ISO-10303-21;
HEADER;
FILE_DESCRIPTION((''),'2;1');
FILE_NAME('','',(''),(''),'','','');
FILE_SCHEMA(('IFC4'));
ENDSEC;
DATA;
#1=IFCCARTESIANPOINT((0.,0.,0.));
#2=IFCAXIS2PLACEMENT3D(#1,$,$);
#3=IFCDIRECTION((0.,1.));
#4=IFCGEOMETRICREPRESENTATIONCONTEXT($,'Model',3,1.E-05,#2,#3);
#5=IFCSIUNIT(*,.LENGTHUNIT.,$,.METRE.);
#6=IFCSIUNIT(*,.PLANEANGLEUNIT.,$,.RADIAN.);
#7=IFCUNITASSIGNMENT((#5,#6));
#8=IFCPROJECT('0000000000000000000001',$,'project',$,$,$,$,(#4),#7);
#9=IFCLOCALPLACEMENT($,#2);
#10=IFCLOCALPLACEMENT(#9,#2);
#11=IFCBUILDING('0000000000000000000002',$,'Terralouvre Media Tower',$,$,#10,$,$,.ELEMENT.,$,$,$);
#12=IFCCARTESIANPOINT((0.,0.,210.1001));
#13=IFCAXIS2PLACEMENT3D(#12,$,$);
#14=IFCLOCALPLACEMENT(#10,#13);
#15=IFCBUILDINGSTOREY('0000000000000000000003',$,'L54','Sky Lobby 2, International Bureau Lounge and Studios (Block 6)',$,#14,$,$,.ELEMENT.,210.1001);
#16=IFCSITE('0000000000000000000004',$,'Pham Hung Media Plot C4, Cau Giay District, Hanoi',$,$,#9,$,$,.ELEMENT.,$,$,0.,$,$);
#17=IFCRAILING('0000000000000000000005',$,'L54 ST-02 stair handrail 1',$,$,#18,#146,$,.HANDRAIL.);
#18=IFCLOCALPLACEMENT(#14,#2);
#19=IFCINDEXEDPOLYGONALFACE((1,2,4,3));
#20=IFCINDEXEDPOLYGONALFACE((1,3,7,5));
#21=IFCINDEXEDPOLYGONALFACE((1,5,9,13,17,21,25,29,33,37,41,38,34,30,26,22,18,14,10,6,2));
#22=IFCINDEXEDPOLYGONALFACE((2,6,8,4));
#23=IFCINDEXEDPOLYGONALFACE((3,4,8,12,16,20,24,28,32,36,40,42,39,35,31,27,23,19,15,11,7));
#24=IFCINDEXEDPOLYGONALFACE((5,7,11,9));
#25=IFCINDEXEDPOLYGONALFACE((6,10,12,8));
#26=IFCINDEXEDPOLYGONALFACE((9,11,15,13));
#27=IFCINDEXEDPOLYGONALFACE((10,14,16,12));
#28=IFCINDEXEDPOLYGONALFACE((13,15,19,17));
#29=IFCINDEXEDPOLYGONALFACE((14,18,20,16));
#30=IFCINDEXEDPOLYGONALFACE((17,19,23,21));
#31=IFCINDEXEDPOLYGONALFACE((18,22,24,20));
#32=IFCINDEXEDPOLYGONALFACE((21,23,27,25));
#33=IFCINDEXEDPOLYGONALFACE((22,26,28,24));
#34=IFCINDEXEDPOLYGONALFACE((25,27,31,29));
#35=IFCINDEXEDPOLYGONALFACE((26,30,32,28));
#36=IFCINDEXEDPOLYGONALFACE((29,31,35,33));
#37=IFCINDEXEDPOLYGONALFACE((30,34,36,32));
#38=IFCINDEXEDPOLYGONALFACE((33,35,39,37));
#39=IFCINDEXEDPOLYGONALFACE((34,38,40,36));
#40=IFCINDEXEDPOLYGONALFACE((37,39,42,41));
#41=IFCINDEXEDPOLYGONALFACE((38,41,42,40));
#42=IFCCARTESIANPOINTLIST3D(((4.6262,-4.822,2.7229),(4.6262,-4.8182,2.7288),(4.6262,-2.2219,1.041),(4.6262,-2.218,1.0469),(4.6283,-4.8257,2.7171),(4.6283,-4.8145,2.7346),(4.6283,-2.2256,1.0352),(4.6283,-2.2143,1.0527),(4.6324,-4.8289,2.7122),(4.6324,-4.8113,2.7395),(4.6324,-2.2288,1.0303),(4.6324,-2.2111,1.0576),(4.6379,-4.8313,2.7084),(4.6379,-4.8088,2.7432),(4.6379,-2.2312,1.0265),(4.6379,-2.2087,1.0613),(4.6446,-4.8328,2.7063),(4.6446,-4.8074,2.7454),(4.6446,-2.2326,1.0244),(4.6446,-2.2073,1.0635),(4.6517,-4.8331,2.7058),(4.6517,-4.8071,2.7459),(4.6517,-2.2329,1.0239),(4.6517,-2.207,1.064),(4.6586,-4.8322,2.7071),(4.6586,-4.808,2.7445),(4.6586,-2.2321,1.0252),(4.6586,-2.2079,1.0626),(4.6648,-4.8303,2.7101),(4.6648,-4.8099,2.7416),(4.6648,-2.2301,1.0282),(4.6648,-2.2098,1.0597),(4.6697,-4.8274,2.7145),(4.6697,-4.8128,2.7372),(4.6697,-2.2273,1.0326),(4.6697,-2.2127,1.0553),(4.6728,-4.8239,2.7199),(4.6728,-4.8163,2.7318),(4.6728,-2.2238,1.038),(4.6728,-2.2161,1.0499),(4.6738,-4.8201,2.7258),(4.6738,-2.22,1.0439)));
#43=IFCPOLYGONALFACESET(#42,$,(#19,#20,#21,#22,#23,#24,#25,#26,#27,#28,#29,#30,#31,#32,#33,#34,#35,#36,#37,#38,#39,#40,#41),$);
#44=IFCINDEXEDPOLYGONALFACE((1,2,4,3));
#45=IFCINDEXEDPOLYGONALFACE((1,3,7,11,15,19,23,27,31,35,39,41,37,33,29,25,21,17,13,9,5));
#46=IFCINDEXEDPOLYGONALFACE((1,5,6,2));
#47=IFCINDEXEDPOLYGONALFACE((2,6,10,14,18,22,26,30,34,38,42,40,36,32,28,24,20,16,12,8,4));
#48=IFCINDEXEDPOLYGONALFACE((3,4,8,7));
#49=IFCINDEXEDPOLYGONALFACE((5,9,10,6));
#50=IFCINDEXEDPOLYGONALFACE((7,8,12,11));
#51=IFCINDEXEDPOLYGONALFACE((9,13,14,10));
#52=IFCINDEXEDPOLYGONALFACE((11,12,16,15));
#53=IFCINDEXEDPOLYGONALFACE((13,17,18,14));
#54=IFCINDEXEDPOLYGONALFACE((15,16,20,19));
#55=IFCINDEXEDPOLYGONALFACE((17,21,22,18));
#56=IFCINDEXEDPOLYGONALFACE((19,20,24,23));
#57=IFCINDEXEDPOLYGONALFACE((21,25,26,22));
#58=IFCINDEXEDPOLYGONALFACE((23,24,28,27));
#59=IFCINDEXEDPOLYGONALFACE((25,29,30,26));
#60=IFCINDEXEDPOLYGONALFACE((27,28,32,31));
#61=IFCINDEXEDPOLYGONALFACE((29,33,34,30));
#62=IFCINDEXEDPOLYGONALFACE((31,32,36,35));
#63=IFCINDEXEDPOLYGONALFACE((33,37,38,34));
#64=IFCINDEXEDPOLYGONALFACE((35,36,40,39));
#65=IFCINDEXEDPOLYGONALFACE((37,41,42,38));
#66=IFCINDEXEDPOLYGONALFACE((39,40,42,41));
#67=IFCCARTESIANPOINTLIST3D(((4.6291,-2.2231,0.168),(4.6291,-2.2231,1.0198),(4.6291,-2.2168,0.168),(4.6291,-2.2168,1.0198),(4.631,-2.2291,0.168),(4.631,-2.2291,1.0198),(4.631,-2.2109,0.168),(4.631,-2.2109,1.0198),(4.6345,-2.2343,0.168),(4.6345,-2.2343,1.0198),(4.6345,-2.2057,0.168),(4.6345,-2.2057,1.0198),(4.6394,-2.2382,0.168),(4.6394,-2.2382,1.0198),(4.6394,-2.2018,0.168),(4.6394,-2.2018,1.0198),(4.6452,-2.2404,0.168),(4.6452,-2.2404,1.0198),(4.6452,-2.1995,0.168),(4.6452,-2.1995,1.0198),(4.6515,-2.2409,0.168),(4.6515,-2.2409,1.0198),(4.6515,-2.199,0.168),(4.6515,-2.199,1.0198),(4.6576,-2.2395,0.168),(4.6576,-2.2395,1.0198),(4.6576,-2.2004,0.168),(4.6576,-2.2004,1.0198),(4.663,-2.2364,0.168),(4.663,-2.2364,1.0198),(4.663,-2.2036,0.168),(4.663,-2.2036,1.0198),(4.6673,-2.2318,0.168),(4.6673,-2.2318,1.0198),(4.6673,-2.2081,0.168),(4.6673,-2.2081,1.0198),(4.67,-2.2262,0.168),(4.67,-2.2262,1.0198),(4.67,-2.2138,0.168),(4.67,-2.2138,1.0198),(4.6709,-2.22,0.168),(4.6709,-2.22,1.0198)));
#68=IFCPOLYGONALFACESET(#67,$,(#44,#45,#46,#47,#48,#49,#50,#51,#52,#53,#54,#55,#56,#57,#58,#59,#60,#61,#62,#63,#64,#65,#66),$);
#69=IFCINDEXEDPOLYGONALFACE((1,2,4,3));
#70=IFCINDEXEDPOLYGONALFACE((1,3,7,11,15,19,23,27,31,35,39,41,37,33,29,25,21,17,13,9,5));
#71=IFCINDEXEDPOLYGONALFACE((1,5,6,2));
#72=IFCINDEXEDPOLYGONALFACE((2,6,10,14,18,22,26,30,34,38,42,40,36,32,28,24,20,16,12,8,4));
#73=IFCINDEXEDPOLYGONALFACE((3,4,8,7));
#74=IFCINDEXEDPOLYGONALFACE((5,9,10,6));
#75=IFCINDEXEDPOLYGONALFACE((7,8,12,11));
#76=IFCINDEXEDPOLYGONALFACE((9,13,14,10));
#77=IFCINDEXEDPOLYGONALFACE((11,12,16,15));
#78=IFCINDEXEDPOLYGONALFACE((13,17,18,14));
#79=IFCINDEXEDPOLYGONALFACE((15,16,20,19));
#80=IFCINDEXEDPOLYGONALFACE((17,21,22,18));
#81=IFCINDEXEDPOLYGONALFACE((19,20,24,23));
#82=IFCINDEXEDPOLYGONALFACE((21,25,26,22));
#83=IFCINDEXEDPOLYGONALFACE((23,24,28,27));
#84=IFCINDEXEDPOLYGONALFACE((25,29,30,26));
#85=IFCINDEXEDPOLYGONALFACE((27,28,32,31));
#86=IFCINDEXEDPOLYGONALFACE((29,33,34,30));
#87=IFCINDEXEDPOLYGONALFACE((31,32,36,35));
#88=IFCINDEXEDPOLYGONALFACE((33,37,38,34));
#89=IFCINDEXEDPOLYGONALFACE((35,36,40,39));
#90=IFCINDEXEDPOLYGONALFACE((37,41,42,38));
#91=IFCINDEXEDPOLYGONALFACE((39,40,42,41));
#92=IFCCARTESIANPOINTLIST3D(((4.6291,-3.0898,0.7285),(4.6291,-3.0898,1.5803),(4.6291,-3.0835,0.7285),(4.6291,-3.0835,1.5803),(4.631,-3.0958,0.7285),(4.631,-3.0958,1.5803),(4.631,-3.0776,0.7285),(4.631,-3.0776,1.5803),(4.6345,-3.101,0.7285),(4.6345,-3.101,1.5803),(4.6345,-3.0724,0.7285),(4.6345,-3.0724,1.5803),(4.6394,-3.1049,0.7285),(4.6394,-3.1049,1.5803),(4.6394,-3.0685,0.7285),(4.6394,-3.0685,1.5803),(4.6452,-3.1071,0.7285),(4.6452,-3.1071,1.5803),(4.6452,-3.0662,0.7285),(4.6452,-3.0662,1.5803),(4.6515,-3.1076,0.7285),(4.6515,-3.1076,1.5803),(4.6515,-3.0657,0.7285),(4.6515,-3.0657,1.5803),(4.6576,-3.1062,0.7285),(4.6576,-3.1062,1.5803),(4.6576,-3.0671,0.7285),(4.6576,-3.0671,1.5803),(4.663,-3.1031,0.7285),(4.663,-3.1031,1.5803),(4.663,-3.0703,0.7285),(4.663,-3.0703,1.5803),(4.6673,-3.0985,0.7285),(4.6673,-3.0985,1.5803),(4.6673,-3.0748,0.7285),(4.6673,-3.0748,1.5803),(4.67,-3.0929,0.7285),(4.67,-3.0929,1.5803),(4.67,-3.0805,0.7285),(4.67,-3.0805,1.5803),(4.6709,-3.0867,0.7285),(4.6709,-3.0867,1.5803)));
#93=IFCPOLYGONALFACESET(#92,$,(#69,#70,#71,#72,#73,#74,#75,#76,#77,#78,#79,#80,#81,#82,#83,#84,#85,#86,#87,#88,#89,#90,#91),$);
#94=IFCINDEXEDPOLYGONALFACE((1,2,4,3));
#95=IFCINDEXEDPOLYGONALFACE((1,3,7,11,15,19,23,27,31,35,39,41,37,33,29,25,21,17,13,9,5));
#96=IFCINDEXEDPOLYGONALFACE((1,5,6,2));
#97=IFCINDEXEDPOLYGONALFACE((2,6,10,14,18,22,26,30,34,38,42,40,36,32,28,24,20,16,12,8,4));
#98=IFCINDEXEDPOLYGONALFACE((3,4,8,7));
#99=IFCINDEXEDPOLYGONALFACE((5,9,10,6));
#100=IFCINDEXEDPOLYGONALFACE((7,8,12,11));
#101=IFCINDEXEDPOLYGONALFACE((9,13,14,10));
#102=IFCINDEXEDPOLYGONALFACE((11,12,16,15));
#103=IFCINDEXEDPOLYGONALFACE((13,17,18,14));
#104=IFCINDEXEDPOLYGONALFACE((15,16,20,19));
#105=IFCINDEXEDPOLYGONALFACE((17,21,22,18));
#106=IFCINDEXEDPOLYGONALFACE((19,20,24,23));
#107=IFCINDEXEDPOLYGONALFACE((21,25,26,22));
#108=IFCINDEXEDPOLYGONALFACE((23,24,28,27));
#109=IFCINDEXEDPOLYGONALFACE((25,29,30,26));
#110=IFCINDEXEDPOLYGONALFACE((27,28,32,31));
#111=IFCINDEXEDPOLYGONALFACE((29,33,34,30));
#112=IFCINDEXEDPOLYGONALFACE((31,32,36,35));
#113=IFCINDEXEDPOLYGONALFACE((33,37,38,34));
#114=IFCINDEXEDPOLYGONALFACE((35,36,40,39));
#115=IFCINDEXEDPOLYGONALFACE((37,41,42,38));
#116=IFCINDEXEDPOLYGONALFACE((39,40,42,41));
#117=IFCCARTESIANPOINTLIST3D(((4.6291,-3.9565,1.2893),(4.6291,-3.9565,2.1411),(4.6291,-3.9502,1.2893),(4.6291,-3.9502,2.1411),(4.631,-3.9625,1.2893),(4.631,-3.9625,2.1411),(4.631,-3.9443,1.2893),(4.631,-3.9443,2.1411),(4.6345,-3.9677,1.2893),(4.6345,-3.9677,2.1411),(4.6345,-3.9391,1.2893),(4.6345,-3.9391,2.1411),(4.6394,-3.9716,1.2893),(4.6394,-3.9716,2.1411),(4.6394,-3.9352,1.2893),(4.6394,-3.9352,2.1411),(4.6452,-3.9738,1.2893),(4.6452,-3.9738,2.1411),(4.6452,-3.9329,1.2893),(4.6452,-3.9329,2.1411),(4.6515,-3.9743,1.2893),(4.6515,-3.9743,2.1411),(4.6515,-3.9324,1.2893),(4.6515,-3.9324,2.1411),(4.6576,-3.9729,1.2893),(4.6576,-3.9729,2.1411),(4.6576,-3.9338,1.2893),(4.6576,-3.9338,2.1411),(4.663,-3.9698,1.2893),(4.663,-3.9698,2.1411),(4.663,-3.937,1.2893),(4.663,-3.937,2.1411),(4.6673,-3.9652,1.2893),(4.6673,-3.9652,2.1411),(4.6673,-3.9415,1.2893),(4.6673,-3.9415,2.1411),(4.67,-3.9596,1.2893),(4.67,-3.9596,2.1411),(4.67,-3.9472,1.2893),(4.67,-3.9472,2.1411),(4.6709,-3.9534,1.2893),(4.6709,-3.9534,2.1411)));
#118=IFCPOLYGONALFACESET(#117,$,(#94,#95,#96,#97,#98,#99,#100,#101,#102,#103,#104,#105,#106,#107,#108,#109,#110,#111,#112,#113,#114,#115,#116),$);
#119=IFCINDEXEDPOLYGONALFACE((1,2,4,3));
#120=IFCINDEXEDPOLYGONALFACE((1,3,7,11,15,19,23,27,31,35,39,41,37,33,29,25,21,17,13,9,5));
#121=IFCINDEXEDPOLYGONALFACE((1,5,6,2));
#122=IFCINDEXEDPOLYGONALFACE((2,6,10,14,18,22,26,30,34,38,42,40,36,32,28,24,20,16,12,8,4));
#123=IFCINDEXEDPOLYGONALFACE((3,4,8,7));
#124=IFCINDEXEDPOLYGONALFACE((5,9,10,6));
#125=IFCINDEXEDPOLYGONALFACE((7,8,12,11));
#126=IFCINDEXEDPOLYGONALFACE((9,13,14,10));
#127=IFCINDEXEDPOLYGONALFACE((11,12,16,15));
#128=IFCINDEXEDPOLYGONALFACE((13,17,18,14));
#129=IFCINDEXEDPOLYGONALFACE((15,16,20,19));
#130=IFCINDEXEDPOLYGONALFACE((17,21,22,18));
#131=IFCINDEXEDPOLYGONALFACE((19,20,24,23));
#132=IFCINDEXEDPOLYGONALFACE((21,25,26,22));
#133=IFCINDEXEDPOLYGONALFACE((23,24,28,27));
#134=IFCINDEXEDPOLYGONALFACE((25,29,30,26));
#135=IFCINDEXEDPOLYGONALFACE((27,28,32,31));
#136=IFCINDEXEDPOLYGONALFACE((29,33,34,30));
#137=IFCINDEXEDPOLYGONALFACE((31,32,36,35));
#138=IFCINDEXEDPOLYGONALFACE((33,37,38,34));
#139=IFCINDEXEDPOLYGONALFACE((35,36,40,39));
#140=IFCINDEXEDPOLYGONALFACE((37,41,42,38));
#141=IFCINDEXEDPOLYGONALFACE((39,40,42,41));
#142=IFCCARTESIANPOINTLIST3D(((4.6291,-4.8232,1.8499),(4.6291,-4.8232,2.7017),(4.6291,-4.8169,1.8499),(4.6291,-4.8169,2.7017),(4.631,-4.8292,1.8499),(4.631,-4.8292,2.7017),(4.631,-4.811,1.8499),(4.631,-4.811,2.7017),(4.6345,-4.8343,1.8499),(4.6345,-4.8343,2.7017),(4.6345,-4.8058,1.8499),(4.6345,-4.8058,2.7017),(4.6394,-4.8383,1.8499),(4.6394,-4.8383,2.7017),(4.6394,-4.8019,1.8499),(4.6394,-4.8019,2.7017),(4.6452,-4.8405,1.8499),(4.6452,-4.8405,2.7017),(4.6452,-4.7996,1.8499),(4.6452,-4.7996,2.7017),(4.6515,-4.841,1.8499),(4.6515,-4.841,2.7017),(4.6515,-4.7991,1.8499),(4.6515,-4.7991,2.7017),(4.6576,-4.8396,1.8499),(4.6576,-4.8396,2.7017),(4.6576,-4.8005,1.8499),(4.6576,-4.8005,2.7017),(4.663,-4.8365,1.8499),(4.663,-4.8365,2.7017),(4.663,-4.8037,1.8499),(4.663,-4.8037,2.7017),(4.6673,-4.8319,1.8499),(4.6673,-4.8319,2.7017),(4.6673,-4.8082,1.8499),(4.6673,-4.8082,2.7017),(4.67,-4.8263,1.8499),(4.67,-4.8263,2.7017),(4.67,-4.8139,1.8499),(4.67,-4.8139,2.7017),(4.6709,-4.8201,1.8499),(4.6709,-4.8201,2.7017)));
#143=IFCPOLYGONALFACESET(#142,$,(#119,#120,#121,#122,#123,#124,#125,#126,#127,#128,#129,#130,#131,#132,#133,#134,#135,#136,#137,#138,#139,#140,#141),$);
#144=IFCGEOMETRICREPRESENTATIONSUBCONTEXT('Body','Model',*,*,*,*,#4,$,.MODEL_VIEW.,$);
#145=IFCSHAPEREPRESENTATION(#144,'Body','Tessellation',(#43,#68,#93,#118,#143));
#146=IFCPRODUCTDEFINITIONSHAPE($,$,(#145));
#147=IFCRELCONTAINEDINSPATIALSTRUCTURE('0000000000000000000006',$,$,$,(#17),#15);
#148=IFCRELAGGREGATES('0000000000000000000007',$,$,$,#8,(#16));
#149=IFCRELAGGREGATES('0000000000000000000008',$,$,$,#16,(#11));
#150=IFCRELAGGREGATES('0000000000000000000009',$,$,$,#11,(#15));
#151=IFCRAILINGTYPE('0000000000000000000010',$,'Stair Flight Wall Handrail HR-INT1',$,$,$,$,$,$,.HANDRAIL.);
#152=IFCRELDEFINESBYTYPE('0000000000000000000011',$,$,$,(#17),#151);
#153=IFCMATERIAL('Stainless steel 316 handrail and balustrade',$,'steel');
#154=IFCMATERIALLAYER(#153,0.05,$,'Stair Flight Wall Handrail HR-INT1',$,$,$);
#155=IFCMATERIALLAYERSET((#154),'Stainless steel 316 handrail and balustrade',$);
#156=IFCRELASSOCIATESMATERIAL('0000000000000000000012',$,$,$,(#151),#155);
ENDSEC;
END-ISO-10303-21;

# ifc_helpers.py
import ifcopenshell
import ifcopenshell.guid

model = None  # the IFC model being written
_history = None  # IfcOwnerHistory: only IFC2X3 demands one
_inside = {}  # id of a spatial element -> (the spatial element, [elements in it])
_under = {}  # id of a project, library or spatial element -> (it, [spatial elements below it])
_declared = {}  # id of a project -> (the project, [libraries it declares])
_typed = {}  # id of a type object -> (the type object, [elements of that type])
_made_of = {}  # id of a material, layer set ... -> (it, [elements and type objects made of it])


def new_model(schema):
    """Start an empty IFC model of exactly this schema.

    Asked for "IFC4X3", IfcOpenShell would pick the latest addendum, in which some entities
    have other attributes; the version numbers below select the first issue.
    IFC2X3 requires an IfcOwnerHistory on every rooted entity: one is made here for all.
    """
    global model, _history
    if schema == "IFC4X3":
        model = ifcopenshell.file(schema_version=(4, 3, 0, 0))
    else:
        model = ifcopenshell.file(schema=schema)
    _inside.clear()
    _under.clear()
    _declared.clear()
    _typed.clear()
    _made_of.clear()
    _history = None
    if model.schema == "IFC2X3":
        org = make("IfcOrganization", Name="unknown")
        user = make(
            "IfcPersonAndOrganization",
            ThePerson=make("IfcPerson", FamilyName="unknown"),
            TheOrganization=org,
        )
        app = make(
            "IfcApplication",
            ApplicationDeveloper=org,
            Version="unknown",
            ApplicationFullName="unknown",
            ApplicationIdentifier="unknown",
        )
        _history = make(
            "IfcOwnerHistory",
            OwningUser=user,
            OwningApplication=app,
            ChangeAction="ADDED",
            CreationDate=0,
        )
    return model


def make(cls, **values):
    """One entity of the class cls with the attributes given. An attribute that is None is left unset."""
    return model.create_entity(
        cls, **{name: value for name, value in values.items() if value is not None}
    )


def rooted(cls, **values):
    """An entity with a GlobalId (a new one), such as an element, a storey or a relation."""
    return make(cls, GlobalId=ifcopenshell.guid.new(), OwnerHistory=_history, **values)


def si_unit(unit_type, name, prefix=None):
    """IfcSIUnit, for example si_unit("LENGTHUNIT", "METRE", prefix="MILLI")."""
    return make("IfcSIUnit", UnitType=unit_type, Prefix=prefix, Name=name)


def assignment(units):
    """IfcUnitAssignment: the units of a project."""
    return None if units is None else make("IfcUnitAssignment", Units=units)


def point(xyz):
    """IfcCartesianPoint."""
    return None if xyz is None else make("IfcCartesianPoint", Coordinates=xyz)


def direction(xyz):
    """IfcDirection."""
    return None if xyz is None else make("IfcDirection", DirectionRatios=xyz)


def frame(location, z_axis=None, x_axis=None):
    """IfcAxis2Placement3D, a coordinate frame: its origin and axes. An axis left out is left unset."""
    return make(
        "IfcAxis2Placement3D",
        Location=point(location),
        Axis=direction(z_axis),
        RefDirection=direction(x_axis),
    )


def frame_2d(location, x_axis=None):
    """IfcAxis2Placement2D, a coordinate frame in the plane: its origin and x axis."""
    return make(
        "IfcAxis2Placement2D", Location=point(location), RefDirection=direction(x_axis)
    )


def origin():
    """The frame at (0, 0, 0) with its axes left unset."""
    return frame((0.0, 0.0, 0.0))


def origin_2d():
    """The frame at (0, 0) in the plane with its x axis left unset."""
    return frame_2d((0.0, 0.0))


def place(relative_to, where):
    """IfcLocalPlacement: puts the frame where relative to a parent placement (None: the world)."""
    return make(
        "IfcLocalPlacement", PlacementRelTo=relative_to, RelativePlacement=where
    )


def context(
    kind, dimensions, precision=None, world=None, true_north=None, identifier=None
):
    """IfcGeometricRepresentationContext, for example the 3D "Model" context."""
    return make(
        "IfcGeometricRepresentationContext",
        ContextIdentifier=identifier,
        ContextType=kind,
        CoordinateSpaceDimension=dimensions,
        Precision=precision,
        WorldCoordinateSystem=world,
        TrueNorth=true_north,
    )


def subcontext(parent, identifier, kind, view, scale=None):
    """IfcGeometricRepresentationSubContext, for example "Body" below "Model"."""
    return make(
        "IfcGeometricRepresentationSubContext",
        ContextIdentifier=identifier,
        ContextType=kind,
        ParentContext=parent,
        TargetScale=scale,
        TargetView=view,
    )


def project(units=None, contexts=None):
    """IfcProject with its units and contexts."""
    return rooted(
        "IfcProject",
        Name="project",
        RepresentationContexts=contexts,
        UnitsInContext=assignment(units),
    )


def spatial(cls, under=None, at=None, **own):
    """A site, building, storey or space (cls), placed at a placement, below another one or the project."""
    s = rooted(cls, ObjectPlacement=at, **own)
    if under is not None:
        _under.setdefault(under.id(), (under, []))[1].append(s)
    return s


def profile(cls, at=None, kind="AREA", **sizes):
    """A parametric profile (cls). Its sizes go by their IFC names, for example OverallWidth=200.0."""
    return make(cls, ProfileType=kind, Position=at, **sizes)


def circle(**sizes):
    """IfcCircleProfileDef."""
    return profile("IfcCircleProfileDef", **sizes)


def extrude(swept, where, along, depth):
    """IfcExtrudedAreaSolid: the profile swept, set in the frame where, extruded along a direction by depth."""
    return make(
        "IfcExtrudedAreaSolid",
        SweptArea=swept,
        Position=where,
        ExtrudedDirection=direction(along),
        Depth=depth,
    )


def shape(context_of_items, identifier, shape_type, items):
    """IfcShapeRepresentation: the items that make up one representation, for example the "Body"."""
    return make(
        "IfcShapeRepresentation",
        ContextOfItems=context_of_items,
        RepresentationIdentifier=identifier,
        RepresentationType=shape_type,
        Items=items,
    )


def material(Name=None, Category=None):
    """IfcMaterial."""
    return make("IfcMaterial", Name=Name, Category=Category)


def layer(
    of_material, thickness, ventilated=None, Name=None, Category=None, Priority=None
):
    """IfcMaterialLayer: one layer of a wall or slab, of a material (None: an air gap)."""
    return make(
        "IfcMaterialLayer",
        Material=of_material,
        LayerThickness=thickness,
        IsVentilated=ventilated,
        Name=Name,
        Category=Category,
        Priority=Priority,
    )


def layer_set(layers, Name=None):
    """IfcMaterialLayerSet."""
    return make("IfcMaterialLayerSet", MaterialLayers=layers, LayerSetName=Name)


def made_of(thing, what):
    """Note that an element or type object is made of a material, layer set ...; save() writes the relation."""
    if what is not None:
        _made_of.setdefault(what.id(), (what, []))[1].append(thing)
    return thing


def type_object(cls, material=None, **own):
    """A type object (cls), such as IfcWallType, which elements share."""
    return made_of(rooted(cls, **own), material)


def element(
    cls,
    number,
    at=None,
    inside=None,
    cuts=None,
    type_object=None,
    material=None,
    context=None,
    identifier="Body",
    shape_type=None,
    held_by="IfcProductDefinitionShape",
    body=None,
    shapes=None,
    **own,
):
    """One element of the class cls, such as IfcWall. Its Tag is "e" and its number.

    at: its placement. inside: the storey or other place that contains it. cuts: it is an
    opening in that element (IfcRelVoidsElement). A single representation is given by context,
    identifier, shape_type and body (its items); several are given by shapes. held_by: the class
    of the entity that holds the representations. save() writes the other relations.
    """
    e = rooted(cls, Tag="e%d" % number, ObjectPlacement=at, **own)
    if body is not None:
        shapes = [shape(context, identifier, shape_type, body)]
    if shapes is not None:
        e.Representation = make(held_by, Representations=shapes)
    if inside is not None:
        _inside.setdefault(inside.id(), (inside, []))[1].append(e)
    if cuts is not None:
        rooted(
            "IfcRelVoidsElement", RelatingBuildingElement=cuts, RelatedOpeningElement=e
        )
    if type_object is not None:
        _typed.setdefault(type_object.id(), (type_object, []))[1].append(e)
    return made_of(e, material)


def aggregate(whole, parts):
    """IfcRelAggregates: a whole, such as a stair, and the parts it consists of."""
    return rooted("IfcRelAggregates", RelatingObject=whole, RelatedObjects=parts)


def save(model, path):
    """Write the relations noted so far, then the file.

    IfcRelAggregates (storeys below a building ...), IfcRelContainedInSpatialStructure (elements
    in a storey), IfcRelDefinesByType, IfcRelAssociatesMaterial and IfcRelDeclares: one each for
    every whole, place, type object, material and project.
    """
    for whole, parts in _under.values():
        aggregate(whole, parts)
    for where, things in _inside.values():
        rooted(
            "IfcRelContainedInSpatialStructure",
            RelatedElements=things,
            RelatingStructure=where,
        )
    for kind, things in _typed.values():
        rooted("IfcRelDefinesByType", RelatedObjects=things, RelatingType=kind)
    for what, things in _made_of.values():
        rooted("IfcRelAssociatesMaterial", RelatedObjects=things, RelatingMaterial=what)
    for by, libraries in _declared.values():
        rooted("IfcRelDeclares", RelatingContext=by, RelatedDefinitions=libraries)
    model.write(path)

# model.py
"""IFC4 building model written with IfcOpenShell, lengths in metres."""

from ifc_helpers import new_model, si_unit, direction, frame, origin, origin_2d, place, context, subcontext, project, spatial, circle, extrude, material, layer, layer_set, type_object, element, save


model = new_model("IFC4")

# Units and contexts
model_context = context("Model", 3, precision=1e-05, world=origin(), true_north=direction((0.0, 1.0)))
body_context = subcontext(model_context, "Body", "Model", "MODEL_VIEW")
ifc_project = project(units=[si_unit("LENGTHUNIT", "METRE"), si_unit("PLANEANGLEUNIT", "RADIAN")], contexts=[model_context])

# Site, building, storey
site_placement = place(None, origin())
site = spatial("IfcSite", under=ifc_project, at=site_placement, Name="Pham Hung Media Plot C4, Cau Giay District, Hanoi", CompositionType="ELEMENT", RefElevation=0.0)
building_placement = place(site_placement, origin())
building = spatial("IfcBuilding", under=site, at=building_placement, Name="Terralouvre Media Tower", CompositionType="ELEMENT")
storey_placement = place(building_placement, frame((0.0, 0.0, 210.1001)))
storey = spatial("IfcBuildingStorey", under=building, at=storey_placement, Name="L54", Description="Sky Lobby 2, International Bureau Lounge and Studios (Block 6)", CompositionType="ELEMENT", Elevation=210.1001)

# Railing
ifc_material_1 = material(Name="Stainless steel 316 handrail and balustrade", Category="steel")
ifc_layer_1 = layer(ifc_material_1, 0.05, Name="Stair Flight Wall Handrail HR-INT1")
ifc_layer_set_1 = layer_set([ifc_layer_1], Name="Stainless steel 316 handrail and balustrade")
railing_type_1 = type_object("IfcRailingType", Name="Stair Flight Wall Handrail HR-INT1", PredefinedType="HANDRAIL", material=ifc_layer_set_1)
railing_1_placement = place(storey_placement, frame((4.6499, -2.22, 0.168)))
element("IfcRailing", 1, at=railing_1_placement, inside=storey, type_object=railing_type_1, Name="L54 ST-02 stair handrail 1", PredefinedType="HANDRAIL", context=body_context, shape_type="SweptSolid", body=[
    extrude(circle(Radius=0.0239, at=origin_2d()), frame((0.0, 0.0, 0.876), z_axis=(0.0, -0.839648, 0.54313), x_axis=(1.0, 0.0, 0.0)), (0.0, 0.0, 1.0), 3.0967),
    extrude(circle(Radius=0.021, at=origin_2d()), origin(), (0.0, 0.0, 1.0), 0.8518),
    extrude(circle(Radius=0.021, at=origin_2d()), frame((0.0, -0.8667, 0.5605)), (0.0, 0.0, 1.0), 0.8518),
    extrude(circle(Radius=0.021, at=origin_2d()), frame((0.0, -1.7334, 1.1213)), (0.0, 0.0, 1.0), 0.8518),
    extrude(circle(Radius=0.021, at=origin_2d()), frame((0.0, -2.6001, 1.6819)), (0.0, 0.0, 1.0), 0.8518),
])

save(model, "model.ifc")
